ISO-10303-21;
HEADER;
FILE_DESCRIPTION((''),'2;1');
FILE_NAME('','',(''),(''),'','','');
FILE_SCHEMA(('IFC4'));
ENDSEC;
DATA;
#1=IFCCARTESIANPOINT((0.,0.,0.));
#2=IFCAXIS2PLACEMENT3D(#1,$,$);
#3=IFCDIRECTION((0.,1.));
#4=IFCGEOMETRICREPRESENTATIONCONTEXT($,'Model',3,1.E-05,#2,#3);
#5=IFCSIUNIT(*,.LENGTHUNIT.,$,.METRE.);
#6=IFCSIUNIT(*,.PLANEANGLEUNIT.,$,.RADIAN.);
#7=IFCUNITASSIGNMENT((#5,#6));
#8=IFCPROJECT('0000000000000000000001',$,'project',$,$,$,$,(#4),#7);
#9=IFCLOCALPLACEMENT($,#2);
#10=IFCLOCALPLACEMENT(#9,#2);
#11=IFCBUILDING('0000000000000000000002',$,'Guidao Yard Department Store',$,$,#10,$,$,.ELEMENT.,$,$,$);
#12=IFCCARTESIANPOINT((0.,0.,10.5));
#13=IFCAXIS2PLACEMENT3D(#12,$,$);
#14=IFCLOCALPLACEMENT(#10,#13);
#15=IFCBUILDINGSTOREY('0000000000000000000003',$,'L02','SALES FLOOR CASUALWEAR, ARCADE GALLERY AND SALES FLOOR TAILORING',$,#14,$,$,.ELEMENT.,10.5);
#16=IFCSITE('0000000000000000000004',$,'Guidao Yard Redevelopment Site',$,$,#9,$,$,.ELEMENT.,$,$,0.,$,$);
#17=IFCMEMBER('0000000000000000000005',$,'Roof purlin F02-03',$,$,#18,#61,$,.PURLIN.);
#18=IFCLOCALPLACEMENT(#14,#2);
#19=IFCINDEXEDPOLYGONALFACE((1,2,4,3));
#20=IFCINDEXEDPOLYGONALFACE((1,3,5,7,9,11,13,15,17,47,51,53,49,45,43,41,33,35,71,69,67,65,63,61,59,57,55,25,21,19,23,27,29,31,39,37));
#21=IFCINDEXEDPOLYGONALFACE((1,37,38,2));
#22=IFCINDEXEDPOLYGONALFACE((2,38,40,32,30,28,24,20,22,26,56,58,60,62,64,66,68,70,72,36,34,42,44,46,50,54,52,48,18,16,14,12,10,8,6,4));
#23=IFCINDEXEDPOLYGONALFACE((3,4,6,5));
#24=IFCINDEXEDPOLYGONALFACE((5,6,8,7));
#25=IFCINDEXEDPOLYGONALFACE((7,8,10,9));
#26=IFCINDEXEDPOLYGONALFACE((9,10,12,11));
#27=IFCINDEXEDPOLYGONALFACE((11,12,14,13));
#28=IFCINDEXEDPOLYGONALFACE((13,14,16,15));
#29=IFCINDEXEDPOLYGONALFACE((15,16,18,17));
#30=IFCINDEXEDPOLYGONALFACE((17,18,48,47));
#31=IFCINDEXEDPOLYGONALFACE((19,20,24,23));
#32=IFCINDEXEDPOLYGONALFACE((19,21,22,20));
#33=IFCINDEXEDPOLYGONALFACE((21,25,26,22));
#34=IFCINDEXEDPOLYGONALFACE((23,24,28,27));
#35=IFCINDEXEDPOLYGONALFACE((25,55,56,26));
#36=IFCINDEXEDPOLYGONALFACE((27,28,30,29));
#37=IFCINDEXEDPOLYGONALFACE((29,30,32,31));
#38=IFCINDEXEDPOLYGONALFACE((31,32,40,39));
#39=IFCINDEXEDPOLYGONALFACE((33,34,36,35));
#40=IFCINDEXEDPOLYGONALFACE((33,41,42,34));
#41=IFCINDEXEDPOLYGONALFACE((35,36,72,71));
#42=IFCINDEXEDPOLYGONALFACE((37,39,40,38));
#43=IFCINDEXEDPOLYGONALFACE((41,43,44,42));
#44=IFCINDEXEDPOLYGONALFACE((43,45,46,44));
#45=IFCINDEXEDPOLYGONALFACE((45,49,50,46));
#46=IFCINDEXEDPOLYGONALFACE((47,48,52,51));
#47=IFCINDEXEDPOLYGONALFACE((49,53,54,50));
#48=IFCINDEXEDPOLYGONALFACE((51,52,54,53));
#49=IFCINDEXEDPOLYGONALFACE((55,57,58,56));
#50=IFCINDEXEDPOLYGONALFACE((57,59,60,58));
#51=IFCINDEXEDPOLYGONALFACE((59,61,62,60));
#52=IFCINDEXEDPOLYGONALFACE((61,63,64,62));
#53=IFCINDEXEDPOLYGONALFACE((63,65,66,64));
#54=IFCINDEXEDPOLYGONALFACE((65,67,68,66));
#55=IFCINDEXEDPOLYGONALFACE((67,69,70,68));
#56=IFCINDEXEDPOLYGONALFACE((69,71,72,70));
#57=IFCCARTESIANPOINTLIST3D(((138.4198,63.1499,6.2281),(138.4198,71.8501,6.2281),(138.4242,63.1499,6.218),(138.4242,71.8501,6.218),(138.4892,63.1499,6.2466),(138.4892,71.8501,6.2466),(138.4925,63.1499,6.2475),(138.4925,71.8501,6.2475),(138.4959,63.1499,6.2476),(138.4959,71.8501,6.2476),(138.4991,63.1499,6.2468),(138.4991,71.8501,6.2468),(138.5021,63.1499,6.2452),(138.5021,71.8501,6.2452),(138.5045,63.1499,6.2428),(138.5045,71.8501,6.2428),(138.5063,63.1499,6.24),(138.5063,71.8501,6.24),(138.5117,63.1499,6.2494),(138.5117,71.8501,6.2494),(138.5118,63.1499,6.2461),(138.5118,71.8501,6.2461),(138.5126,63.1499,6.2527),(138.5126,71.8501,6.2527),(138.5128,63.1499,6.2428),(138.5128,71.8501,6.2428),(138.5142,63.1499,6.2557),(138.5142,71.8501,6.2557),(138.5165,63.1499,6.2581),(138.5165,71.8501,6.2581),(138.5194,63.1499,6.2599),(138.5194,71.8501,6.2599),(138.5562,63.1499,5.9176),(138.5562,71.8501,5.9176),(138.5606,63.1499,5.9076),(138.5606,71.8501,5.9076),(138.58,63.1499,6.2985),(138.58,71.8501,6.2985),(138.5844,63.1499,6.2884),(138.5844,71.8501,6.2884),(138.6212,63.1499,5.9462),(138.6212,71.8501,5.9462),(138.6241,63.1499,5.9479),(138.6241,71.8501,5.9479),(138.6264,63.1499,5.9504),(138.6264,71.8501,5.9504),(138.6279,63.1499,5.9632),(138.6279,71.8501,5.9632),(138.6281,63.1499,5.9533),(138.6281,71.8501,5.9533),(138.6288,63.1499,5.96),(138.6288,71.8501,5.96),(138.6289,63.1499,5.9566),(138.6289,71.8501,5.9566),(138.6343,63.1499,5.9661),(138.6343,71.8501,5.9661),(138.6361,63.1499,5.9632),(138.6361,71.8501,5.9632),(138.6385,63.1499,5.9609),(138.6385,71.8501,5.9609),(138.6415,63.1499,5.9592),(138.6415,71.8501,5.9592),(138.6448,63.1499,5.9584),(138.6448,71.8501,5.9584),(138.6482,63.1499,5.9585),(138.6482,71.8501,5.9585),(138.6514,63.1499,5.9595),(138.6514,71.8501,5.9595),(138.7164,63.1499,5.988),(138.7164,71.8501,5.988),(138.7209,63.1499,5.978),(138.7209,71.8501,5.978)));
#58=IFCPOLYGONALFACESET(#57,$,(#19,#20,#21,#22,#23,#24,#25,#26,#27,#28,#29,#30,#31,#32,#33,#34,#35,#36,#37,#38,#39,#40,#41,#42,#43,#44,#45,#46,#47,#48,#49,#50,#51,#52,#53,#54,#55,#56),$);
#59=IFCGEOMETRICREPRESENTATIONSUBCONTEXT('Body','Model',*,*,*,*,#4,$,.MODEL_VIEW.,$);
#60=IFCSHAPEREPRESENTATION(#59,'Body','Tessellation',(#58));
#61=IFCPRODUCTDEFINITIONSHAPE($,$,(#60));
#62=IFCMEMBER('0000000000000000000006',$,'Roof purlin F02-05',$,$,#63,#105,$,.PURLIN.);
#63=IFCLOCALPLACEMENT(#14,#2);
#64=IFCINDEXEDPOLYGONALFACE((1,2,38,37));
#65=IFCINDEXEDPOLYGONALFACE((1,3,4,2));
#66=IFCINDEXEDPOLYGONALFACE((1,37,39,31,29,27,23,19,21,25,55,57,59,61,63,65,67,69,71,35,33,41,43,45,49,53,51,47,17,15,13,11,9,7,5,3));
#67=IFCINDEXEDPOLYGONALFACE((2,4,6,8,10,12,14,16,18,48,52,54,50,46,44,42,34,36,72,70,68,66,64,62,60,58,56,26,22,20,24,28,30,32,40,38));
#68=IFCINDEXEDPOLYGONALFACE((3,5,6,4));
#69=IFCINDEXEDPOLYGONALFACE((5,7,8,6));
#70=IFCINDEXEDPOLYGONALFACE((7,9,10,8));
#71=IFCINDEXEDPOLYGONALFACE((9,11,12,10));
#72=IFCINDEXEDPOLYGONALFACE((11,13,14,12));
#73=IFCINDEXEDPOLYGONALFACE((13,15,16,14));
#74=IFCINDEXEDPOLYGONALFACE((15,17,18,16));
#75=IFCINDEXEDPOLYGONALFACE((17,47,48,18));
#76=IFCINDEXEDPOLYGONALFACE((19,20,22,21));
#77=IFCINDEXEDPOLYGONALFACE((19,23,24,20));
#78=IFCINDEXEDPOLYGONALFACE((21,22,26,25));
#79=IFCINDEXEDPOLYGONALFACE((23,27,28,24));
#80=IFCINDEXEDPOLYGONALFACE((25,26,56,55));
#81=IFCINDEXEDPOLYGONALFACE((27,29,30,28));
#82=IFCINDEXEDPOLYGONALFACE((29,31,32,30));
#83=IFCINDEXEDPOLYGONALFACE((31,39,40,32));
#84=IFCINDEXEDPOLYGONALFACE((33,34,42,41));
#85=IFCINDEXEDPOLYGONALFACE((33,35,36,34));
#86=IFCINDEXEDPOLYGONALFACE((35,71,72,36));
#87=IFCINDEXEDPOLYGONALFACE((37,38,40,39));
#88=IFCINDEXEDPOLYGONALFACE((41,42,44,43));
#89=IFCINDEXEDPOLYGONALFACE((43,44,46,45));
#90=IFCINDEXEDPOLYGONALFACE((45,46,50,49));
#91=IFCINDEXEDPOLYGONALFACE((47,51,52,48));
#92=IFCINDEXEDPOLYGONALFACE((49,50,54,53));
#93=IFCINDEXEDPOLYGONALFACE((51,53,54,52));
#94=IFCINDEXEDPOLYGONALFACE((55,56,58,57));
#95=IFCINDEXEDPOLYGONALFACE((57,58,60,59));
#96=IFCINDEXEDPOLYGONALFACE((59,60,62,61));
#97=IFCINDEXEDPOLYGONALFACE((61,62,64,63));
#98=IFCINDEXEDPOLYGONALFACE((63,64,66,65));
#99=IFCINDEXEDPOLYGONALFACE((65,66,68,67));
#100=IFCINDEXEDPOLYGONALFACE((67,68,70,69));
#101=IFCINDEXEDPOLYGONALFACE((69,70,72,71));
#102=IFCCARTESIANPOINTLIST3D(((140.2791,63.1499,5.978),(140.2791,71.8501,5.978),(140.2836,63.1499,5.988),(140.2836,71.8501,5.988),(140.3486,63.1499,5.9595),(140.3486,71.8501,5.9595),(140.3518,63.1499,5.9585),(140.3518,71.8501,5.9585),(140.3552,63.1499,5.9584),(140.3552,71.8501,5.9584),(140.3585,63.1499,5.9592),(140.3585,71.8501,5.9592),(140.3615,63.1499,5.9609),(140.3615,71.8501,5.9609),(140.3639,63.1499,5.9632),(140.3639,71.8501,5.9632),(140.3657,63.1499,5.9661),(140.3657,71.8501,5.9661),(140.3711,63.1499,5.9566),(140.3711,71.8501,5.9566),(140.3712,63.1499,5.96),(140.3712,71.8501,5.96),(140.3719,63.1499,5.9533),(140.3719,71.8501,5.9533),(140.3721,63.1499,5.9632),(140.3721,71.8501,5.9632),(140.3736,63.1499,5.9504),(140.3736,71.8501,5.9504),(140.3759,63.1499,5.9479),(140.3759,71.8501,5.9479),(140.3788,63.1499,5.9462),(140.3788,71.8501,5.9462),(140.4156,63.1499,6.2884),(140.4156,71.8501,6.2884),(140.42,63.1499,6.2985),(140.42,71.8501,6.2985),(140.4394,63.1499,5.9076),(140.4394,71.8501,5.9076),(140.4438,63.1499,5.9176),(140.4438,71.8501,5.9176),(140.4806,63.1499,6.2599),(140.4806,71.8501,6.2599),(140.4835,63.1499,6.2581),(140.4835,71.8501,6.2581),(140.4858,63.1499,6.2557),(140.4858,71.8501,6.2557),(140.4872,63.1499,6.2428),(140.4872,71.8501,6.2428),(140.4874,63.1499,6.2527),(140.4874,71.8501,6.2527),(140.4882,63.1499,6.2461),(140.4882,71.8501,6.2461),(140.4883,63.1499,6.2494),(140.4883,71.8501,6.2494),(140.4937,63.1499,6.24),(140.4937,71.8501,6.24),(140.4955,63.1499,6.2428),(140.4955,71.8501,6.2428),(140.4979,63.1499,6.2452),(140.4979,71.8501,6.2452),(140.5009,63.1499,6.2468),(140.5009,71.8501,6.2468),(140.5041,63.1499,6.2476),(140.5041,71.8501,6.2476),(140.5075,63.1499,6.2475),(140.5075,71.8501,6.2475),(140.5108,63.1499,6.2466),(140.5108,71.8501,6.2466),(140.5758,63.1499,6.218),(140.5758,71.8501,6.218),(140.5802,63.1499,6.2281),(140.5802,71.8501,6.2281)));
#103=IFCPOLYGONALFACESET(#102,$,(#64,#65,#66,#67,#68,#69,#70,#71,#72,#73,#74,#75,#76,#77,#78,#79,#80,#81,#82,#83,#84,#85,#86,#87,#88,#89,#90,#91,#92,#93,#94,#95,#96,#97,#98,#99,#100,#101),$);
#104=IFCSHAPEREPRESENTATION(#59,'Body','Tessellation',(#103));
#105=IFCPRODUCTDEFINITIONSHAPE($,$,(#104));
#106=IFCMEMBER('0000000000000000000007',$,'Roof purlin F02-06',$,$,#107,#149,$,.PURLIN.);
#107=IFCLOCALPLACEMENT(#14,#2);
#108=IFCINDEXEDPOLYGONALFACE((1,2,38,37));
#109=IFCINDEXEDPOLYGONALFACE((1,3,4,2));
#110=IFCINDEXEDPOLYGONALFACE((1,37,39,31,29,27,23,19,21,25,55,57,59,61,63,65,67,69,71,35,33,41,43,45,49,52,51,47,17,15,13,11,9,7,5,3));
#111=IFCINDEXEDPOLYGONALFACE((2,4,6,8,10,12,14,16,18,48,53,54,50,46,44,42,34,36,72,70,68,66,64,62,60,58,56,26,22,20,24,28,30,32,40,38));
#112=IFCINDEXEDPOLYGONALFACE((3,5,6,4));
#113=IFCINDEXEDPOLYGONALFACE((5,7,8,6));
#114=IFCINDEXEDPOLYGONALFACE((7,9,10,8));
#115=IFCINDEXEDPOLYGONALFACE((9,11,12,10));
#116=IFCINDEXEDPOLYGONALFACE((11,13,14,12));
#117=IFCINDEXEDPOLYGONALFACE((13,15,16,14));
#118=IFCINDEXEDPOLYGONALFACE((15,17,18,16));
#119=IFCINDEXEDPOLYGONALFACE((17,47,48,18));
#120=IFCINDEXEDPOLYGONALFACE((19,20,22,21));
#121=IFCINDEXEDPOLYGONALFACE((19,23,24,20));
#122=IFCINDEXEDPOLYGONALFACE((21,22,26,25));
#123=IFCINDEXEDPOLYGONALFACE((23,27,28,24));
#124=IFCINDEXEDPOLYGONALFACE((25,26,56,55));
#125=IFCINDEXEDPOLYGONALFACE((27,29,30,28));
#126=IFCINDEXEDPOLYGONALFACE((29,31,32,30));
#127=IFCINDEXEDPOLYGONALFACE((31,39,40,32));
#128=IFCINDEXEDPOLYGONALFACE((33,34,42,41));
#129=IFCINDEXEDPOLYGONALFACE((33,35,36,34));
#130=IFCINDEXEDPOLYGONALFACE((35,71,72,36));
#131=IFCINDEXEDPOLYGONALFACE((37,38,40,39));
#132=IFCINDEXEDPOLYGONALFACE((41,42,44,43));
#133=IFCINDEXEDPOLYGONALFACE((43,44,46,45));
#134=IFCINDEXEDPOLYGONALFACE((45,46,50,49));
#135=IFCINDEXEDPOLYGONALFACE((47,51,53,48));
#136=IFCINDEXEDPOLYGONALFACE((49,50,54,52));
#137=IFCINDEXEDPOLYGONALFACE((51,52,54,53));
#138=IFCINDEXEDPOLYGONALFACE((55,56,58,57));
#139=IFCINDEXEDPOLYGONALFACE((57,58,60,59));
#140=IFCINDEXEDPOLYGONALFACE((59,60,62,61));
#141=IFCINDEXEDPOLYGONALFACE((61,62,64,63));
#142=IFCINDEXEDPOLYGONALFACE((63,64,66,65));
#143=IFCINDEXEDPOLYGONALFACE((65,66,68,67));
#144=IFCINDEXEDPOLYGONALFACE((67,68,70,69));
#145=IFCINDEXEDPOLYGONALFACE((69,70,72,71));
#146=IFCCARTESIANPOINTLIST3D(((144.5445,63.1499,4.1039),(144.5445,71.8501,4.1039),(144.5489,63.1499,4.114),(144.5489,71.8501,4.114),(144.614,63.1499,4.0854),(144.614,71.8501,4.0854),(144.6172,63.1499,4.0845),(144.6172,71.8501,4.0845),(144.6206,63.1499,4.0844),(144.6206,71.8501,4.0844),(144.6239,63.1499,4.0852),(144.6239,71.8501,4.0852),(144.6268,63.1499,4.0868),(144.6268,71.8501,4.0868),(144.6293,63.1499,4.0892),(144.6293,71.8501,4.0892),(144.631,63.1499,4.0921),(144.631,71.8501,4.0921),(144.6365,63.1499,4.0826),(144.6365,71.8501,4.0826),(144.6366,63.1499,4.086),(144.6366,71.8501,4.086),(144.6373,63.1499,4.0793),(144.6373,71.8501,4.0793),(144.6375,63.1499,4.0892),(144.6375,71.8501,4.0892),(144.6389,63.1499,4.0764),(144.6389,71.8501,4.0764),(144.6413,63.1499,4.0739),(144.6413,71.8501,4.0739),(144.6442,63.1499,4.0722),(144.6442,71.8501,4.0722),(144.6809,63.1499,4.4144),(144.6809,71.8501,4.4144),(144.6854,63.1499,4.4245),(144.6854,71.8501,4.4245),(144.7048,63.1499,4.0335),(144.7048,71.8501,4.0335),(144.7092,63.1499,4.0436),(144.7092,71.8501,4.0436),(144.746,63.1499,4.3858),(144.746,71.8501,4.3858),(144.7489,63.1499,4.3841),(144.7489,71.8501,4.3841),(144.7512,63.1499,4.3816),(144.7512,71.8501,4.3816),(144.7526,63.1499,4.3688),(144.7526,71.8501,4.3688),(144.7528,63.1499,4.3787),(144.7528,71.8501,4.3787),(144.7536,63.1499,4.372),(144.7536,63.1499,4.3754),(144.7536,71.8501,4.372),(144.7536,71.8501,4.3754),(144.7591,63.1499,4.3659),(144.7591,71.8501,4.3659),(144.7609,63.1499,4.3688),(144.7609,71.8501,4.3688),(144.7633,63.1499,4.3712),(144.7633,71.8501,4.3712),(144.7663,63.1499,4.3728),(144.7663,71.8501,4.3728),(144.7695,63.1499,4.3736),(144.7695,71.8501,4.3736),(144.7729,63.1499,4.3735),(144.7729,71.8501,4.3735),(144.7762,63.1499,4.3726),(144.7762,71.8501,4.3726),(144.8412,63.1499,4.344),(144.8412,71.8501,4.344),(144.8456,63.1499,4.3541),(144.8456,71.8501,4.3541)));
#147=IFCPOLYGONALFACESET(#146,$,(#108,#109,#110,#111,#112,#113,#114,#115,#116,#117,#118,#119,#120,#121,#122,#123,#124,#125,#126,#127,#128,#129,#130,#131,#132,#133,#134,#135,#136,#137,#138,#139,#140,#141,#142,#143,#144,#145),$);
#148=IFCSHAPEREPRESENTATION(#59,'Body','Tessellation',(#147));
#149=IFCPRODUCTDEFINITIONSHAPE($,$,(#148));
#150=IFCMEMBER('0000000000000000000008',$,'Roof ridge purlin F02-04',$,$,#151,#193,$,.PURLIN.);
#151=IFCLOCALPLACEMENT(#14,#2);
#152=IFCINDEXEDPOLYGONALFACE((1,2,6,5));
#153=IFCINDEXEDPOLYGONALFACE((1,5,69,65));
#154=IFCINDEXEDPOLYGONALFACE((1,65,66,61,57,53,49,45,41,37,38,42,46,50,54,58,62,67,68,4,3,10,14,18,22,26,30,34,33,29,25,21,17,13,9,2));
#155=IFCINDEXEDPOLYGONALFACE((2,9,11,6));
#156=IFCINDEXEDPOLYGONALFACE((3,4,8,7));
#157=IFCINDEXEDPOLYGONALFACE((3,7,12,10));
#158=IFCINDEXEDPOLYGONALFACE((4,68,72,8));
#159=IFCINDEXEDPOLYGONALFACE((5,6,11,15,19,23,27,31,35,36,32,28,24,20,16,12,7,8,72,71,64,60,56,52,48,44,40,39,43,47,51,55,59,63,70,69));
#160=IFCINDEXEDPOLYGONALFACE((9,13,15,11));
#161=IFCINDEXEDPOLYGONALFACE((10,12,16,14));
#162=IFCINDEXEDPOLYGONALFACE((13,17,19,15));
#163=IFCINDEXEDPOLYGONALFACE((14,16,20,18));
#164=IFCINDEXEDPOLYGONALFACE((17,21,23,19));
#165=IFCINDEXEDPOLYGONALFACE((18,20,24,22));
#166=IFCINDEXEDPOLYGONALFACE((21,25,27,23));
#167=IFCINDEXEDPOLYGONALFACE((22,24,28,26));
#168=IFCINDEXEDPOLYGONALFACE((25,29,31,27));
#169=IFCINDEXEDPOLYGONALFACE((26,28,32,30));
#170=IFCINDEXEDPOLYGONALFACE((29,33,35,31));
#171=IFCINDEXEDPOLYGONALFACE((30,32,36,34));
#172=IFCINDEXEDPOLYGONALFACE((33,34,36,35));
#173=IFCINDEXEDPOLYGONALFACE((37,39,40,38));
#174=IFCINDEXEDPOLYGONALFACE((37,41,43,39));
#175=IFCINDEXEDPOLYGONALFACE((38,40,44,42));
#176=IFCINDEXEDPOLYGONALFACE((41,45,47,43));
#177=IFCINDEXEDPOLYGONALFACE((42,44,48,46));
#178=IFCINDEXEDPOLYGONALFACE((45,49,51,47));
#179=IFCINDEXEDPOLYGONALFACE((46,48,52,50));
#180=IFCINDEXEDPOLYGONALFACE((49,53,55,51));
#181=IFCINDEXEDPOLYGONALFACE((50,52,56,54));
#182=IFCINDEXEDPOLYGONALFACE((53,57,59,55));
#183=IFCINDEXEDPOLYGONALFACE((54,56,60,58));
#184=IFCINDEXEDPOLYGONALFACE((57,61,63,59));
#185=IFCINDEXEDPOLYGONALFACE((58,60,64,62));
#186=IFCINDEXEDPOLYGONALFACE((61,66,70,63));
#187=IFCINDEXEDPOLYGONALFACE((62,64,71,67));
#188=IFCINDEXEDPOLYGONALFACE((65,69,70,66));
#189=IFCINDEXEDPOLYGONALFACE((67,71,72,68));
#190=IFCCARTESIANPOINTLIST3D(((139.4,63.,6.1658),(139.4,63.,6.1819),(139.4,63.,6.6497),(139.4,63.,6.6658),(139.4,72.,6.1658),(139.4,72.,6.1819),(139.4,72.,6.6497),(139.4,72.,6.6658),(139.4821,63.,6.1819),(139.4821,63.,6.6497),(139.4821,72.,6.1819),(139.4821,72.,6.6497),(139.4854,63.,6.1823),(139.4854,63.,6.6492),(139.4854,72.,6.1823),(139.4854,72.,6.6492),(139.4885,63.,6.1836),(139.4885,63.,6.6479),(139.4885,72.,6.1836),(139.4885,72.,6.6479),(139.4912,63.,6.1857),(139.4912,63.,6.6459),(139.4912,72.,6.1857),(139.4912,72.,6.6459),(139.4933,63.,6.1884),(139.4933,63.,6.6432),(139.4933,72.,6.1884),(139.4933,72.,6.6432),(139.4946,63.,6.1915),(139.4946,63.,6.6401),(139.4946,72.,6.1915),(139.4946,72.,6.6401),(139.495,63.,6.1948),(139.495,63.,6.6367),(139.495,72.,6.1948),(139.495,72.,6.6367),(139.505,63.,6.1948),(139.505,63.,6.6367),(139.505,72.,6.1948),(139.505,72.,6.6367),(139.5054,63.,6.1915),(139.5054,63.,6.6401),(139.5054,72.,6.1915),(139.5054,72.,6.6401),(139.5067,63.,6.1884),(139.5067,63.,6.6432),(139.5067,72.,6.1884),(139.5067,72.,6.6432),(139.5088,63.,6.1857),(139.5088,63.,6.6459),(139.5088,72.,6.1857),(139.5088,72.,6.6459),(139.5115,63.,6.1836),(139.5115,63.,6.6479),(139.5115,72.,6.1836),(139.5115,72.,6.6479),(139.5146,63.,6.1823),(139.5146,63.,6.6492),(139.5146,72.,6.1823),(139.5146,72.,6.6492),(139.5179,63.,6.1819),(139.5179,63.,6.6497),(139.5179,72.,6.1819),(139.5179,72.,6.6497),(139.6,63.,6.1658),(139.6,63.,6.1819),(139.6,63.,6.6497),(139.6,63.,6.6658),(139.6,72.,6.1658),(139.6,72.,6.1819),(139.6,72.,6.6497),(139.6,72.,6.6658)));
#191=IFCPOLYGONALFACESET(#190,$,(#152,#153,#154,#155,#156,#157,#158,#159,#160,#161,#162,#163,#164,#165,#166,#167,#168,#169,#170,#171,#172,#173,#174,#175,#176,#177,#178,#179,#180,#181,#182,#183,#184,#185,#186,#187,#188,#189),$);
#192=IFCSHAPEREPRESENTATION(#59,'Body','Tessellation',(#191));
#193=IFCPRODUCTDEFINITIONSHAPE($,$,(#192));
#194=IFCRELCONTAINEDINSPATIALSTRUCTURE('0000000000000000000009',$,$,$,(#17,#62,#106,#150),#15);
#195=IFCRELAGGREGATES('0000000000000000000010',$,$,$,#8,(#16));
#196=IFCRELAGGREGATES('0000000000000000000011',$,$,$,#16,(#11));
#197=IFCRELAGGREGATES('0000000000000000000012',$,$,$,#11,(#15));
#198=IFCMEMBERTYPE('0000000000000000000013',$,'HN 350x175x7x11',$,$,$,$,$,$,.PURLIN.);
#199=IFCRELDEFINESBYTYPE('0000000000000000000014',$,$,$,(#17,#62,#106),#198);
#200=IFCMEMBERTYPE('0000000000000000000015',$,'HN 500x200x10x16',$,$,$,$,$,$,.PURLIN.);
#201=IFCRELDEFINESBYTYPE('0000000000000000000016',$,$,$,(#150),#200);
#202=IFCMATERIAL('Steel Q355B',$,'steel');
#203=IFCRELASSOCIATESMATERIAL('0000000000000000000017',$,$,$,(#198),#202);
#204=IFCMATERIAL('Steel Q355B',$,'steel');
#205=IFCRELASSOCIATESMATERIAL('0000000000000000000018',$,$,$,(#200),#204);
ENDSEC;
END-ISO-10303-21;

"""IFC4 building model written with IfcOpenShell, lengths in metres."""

from ifc_helpers import new_model, si_unit, direction, frame, origin, origin_2d, place, context, subcontext, project, spatial, i_section, extrude, material, material_profile, profile_set, type_object, element, save


model = new_model("IFC4")

# Units and contexts
model_context = context("Model", 3, precision=1e-05, world=origin(), true_north=direction((0.0, 1.0)))
body_context = subcontext(model_context, "Body", "Model", "MODEL_VIEW")
ifc_project = project(units=[si_unit("LENGTHUNIT", "METRE"), si_unit("PLANEANGLEUNIT", "RADIAN")], contexts=[model_context])

# Site, building, storey
site_placement = place(None, origin())
site = spatial("IfcSite", under=ifc_project, at=site_placement, Name="Guidao Yard Redevelopment Site", CompositionType="ELEMENT", RefElevation=0.0)
building_placement = place(site_placement, origin())
building = spatial("IfcBuilding", under=site, at=building_placement, Name="Guidao Yard Department Store", CompositionType="ELEMENT")
storey_placement = place(building_placement, frame((0.0, 0.0, 10.5)))
storey = spatial("IfcBuildingStorey", under=building, at=storey_placement, Name="L02", Description="SALES FLOOR CASUALWEAR, ARCADE GALLERY AND SALES FLOOR TAILORING", CompositionType="ELEMENT", Elevation=10.5)

# Members
ifc_material_1 = material(Name="Steel Q355B", Category="steel")
ifc_material_profile_1 = material_profile(ifc_material_1, i_section(OverallWidth=0.175, OverallDepth=0.3501, WebThickness=0.0071, FlangeThickness=0.011, FilletRadius=0.0129, at=origin_2d()), Name="HN 350x175x7x11")
ifc_profile_set_1 = profile_set([ifc_material_profile_1], Name="Steel Q355B")
member_type_1 = type_object("IfcMemberType", Name="HN 350x175x7x11", PredefinedType="PURLIN", material=ifc_profile_set_1)
for number, where, z_axis, x_axis, name in (
    (1, (138.5703, 63.1499, 6.103), (0.0, 1.0, 0.0), (-0.915526, 0.0, -0.402258), "Roof purlin F02-03"),
    (2, (140.4297, 63.1499, 6.103), (0.0, 1.0, 0.0), (-0.915526, 0.0, 0.402258), "Roof purlin F02-05"),
    (3, (144.6951, 63.1499, 4.229), (0.0, 1.0, 0.0), (-0.915526, 0.0, 0.402258), "Roof purlin F02-06"),
):
    element("IfcMember", number, at=place(storey_placement, frame(where, z_axis=z_axis, x_axis=x_axis)), inside=storey, type_object=member_type_1, Name=name, PredefinedType="PURLIN", context=body_context, shape_type="SweptSolid", body=[
        extrude(i_section(OverallWidth=0.175, OverallDepth=0.3501, WebThickness=0.0071, FlangeThickness=0.011, FilletRadius=0.0129, at=origin_2d()), origin(), (0.0, 0.0, 1.0), 8.7002),
    ])
ifc_material_2 = material(Name="Steel Q355B", Category="steel")
ifc_material_profile_2 = material_profile(ifc_material_2, i_section(OverallWidth=0.2, OverallDepth=0.5, WebThickness=0.01, FlangeThickness=0.0161, FilletRadius=0.0129, at=origin_2d()), Name="HN 500x200x10x16")
ifc_profile_set_2 = profile_set([ifc_material_profile_2], Name="Steel Q355B")
member_type_2 = type_object("IfcMemberType", Name="HN 500x200x10x16", PredefinedType="PURLIN", material=ifc_profile_set_2)
member_placement = place(storey_placement, frame((139.5, 63.0, 6.4158), z_axis=(0.0, 1.0, 0.0), x_axis=(-1.0, 0.0, 0.0)))
element("IfcMember", 4, at=member_placement, inside=storey, type_object=member_type_2, Name="Roof ridge purlin F02-04", PredefinedType="PURLIN", context=body_context, shape_type="SweptSolid", body=[
    extrude(i_section(OverallWidth=0.2, OverallDepth=0.5, WebThickness=0.01, FlangeThickness=0.0161, FilletRadius=0.0129, at=origin_2d()), origin(), (0.0, 0.0, 1.0), 9.0),
])

save(model, "model.ifc")
